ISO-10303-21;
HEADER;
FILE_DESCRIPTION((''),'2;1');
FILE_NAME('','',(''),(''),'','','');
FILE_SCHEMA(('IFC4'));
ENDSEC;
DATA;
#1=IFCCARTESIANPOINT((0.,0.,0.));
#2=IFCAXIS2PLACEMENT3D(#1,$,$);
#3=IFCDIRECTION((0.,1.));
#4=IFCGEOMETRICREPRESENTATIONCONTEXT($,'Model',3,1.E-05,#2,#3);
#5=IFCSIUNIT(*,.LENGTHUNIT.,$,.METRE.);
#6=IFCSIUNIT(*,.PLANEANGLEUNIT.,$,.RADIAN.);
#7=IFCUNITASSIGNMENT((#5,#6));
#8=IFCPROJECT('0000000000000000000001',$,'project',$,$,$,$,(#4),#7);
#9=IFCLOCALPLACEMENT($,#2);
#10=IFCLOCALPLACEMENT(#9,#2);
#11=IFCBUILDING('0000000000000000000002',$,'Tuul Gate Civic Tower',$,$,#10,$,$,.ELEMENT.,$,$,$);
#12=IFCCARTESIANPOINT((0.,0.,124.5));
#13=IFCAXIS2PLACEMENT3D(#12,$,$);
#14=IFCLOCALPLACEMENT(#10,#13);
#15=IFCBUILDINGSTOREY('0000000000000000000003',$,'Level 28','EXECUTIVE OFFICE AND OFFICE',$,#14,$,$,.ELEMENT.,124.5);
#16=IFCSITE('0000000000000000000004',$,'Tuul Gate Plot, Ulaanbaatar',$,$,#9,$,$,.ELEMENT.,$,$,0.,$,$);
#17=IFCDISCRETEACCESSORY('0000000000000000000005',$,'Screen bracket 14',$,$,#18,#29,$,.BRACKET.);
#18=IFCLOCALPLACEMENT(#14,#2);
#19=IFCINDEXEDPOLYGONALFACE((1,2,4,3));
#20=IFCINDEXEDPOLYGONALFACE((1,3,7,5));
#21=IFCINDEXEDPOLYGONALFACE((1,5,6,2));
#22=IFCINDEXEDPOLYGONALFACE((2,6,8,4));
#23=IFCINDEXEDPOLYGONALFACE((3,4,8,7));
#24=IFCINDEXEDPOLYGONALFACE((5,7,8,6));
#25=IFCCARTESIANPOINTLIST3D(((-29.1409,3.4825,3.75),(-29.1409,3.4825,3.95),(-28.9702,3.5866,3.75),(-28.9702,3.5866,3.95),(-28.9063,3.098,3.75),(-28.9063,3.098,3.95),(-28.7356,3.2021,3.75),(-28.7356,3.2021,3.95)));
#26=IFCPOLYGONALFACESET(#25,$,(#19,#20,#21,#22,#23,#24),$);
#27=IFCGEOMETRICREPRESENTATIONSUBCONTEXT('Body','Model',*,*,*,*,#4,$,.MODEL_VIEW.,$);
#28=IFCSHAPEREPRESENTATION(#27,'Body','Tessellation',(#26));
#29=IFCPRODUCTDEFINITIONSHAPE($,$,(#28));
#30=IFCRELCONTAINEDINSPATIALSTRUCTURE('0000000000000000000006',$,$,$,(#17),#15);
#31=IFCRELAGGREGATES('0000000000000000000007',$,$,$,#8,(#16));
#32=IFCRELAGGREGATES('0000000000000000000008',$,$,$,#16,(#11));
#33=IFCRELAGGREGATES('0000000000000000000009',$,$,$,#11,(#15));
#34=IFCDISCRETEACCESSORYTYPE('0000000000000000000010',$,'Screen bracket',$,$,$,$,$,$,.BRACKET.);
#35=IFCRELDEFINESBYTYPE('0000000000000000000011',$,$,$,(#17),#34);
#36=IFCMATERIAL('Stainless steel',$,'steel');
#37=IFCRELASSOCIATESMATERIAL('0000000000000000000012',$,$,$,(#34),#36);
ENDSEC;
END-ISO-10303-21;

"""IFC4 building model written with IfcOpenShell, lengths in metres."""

from ifc_helpers import new_model, si_unit, direction, frame, origin, origin_2d, place, context, subcontext, project, spatial, rectangle, extrude, material, type_object, element, save


model = new_model("IFC4")

# Units and contexts
model_context = context("Model", 3, precision=1e-05, world=origin(), true_north=direction((0.0, 1.0)))
body_context = subcontext(model_context, "Body", "Model", "MODEL_VIEW")
ifc_project = project(units=[si_unit("LENGTHUNIT", "METRE"), si_unit("PLANEANGLEUNIT", "RADIAN")], contexts=[model_context])

# Site, building, storey
site_placement = place(None, origin())
site = spatial("IfcSite", under=ifc_project, at=site_placement, Name="Tuul Gate Plot, Ulaanbaatar", CompositionType="ELEMENT", RefElevation=0.0)
building_placement = place(site_placement, origin())
building = spatial("IfcBuilding", under=site, at=building_placement, Name="Tuul Gate Civic Tower", CompositionType="ELEMENT")
storey_placement = place(building_placement, frame((0.0, 0.0, 124.5)))
storey = spatial("IfcBuildingStorey", under=building, at=storey_placement, Name="Level 28", Description="EXECUTIVE OFFICE AND OFFICE", CompositionType="ELEMENT", Elevation=124.5)

# Discrete accessory
ifc_material_1 = material(Name="Stainless steel", Category="steel")
discrete_accessory_type = type_object("IfcDiscreteAccessoryType", Name="Screen bracket", PredefinedType="BRACKET", material=ifc_material_1)
discrete_accessory_placement = place(storey_placement, frame((-28.9382, 3.3423, 3.75), z_axis=(0.0, 0.0, 1.0), x_axis=(-0.520758, 0.853704, 0.0)))
element("IfcDiscreteAccessory", 1, at=discrete_accessory_placement, inside=storey, type_object=discrete_accessory_type, Name="Screen bracket 14", PredefinedType="BRACKET", context=body_context, shape_type="SweptSolid", body=[
    extrude(rectangle(XDim=0.4504, YDim=0.2, at=origin_2d()), origin(), (0.0, 0.0, 1.0), 0.2),
])

save(model, "model.ifc")
